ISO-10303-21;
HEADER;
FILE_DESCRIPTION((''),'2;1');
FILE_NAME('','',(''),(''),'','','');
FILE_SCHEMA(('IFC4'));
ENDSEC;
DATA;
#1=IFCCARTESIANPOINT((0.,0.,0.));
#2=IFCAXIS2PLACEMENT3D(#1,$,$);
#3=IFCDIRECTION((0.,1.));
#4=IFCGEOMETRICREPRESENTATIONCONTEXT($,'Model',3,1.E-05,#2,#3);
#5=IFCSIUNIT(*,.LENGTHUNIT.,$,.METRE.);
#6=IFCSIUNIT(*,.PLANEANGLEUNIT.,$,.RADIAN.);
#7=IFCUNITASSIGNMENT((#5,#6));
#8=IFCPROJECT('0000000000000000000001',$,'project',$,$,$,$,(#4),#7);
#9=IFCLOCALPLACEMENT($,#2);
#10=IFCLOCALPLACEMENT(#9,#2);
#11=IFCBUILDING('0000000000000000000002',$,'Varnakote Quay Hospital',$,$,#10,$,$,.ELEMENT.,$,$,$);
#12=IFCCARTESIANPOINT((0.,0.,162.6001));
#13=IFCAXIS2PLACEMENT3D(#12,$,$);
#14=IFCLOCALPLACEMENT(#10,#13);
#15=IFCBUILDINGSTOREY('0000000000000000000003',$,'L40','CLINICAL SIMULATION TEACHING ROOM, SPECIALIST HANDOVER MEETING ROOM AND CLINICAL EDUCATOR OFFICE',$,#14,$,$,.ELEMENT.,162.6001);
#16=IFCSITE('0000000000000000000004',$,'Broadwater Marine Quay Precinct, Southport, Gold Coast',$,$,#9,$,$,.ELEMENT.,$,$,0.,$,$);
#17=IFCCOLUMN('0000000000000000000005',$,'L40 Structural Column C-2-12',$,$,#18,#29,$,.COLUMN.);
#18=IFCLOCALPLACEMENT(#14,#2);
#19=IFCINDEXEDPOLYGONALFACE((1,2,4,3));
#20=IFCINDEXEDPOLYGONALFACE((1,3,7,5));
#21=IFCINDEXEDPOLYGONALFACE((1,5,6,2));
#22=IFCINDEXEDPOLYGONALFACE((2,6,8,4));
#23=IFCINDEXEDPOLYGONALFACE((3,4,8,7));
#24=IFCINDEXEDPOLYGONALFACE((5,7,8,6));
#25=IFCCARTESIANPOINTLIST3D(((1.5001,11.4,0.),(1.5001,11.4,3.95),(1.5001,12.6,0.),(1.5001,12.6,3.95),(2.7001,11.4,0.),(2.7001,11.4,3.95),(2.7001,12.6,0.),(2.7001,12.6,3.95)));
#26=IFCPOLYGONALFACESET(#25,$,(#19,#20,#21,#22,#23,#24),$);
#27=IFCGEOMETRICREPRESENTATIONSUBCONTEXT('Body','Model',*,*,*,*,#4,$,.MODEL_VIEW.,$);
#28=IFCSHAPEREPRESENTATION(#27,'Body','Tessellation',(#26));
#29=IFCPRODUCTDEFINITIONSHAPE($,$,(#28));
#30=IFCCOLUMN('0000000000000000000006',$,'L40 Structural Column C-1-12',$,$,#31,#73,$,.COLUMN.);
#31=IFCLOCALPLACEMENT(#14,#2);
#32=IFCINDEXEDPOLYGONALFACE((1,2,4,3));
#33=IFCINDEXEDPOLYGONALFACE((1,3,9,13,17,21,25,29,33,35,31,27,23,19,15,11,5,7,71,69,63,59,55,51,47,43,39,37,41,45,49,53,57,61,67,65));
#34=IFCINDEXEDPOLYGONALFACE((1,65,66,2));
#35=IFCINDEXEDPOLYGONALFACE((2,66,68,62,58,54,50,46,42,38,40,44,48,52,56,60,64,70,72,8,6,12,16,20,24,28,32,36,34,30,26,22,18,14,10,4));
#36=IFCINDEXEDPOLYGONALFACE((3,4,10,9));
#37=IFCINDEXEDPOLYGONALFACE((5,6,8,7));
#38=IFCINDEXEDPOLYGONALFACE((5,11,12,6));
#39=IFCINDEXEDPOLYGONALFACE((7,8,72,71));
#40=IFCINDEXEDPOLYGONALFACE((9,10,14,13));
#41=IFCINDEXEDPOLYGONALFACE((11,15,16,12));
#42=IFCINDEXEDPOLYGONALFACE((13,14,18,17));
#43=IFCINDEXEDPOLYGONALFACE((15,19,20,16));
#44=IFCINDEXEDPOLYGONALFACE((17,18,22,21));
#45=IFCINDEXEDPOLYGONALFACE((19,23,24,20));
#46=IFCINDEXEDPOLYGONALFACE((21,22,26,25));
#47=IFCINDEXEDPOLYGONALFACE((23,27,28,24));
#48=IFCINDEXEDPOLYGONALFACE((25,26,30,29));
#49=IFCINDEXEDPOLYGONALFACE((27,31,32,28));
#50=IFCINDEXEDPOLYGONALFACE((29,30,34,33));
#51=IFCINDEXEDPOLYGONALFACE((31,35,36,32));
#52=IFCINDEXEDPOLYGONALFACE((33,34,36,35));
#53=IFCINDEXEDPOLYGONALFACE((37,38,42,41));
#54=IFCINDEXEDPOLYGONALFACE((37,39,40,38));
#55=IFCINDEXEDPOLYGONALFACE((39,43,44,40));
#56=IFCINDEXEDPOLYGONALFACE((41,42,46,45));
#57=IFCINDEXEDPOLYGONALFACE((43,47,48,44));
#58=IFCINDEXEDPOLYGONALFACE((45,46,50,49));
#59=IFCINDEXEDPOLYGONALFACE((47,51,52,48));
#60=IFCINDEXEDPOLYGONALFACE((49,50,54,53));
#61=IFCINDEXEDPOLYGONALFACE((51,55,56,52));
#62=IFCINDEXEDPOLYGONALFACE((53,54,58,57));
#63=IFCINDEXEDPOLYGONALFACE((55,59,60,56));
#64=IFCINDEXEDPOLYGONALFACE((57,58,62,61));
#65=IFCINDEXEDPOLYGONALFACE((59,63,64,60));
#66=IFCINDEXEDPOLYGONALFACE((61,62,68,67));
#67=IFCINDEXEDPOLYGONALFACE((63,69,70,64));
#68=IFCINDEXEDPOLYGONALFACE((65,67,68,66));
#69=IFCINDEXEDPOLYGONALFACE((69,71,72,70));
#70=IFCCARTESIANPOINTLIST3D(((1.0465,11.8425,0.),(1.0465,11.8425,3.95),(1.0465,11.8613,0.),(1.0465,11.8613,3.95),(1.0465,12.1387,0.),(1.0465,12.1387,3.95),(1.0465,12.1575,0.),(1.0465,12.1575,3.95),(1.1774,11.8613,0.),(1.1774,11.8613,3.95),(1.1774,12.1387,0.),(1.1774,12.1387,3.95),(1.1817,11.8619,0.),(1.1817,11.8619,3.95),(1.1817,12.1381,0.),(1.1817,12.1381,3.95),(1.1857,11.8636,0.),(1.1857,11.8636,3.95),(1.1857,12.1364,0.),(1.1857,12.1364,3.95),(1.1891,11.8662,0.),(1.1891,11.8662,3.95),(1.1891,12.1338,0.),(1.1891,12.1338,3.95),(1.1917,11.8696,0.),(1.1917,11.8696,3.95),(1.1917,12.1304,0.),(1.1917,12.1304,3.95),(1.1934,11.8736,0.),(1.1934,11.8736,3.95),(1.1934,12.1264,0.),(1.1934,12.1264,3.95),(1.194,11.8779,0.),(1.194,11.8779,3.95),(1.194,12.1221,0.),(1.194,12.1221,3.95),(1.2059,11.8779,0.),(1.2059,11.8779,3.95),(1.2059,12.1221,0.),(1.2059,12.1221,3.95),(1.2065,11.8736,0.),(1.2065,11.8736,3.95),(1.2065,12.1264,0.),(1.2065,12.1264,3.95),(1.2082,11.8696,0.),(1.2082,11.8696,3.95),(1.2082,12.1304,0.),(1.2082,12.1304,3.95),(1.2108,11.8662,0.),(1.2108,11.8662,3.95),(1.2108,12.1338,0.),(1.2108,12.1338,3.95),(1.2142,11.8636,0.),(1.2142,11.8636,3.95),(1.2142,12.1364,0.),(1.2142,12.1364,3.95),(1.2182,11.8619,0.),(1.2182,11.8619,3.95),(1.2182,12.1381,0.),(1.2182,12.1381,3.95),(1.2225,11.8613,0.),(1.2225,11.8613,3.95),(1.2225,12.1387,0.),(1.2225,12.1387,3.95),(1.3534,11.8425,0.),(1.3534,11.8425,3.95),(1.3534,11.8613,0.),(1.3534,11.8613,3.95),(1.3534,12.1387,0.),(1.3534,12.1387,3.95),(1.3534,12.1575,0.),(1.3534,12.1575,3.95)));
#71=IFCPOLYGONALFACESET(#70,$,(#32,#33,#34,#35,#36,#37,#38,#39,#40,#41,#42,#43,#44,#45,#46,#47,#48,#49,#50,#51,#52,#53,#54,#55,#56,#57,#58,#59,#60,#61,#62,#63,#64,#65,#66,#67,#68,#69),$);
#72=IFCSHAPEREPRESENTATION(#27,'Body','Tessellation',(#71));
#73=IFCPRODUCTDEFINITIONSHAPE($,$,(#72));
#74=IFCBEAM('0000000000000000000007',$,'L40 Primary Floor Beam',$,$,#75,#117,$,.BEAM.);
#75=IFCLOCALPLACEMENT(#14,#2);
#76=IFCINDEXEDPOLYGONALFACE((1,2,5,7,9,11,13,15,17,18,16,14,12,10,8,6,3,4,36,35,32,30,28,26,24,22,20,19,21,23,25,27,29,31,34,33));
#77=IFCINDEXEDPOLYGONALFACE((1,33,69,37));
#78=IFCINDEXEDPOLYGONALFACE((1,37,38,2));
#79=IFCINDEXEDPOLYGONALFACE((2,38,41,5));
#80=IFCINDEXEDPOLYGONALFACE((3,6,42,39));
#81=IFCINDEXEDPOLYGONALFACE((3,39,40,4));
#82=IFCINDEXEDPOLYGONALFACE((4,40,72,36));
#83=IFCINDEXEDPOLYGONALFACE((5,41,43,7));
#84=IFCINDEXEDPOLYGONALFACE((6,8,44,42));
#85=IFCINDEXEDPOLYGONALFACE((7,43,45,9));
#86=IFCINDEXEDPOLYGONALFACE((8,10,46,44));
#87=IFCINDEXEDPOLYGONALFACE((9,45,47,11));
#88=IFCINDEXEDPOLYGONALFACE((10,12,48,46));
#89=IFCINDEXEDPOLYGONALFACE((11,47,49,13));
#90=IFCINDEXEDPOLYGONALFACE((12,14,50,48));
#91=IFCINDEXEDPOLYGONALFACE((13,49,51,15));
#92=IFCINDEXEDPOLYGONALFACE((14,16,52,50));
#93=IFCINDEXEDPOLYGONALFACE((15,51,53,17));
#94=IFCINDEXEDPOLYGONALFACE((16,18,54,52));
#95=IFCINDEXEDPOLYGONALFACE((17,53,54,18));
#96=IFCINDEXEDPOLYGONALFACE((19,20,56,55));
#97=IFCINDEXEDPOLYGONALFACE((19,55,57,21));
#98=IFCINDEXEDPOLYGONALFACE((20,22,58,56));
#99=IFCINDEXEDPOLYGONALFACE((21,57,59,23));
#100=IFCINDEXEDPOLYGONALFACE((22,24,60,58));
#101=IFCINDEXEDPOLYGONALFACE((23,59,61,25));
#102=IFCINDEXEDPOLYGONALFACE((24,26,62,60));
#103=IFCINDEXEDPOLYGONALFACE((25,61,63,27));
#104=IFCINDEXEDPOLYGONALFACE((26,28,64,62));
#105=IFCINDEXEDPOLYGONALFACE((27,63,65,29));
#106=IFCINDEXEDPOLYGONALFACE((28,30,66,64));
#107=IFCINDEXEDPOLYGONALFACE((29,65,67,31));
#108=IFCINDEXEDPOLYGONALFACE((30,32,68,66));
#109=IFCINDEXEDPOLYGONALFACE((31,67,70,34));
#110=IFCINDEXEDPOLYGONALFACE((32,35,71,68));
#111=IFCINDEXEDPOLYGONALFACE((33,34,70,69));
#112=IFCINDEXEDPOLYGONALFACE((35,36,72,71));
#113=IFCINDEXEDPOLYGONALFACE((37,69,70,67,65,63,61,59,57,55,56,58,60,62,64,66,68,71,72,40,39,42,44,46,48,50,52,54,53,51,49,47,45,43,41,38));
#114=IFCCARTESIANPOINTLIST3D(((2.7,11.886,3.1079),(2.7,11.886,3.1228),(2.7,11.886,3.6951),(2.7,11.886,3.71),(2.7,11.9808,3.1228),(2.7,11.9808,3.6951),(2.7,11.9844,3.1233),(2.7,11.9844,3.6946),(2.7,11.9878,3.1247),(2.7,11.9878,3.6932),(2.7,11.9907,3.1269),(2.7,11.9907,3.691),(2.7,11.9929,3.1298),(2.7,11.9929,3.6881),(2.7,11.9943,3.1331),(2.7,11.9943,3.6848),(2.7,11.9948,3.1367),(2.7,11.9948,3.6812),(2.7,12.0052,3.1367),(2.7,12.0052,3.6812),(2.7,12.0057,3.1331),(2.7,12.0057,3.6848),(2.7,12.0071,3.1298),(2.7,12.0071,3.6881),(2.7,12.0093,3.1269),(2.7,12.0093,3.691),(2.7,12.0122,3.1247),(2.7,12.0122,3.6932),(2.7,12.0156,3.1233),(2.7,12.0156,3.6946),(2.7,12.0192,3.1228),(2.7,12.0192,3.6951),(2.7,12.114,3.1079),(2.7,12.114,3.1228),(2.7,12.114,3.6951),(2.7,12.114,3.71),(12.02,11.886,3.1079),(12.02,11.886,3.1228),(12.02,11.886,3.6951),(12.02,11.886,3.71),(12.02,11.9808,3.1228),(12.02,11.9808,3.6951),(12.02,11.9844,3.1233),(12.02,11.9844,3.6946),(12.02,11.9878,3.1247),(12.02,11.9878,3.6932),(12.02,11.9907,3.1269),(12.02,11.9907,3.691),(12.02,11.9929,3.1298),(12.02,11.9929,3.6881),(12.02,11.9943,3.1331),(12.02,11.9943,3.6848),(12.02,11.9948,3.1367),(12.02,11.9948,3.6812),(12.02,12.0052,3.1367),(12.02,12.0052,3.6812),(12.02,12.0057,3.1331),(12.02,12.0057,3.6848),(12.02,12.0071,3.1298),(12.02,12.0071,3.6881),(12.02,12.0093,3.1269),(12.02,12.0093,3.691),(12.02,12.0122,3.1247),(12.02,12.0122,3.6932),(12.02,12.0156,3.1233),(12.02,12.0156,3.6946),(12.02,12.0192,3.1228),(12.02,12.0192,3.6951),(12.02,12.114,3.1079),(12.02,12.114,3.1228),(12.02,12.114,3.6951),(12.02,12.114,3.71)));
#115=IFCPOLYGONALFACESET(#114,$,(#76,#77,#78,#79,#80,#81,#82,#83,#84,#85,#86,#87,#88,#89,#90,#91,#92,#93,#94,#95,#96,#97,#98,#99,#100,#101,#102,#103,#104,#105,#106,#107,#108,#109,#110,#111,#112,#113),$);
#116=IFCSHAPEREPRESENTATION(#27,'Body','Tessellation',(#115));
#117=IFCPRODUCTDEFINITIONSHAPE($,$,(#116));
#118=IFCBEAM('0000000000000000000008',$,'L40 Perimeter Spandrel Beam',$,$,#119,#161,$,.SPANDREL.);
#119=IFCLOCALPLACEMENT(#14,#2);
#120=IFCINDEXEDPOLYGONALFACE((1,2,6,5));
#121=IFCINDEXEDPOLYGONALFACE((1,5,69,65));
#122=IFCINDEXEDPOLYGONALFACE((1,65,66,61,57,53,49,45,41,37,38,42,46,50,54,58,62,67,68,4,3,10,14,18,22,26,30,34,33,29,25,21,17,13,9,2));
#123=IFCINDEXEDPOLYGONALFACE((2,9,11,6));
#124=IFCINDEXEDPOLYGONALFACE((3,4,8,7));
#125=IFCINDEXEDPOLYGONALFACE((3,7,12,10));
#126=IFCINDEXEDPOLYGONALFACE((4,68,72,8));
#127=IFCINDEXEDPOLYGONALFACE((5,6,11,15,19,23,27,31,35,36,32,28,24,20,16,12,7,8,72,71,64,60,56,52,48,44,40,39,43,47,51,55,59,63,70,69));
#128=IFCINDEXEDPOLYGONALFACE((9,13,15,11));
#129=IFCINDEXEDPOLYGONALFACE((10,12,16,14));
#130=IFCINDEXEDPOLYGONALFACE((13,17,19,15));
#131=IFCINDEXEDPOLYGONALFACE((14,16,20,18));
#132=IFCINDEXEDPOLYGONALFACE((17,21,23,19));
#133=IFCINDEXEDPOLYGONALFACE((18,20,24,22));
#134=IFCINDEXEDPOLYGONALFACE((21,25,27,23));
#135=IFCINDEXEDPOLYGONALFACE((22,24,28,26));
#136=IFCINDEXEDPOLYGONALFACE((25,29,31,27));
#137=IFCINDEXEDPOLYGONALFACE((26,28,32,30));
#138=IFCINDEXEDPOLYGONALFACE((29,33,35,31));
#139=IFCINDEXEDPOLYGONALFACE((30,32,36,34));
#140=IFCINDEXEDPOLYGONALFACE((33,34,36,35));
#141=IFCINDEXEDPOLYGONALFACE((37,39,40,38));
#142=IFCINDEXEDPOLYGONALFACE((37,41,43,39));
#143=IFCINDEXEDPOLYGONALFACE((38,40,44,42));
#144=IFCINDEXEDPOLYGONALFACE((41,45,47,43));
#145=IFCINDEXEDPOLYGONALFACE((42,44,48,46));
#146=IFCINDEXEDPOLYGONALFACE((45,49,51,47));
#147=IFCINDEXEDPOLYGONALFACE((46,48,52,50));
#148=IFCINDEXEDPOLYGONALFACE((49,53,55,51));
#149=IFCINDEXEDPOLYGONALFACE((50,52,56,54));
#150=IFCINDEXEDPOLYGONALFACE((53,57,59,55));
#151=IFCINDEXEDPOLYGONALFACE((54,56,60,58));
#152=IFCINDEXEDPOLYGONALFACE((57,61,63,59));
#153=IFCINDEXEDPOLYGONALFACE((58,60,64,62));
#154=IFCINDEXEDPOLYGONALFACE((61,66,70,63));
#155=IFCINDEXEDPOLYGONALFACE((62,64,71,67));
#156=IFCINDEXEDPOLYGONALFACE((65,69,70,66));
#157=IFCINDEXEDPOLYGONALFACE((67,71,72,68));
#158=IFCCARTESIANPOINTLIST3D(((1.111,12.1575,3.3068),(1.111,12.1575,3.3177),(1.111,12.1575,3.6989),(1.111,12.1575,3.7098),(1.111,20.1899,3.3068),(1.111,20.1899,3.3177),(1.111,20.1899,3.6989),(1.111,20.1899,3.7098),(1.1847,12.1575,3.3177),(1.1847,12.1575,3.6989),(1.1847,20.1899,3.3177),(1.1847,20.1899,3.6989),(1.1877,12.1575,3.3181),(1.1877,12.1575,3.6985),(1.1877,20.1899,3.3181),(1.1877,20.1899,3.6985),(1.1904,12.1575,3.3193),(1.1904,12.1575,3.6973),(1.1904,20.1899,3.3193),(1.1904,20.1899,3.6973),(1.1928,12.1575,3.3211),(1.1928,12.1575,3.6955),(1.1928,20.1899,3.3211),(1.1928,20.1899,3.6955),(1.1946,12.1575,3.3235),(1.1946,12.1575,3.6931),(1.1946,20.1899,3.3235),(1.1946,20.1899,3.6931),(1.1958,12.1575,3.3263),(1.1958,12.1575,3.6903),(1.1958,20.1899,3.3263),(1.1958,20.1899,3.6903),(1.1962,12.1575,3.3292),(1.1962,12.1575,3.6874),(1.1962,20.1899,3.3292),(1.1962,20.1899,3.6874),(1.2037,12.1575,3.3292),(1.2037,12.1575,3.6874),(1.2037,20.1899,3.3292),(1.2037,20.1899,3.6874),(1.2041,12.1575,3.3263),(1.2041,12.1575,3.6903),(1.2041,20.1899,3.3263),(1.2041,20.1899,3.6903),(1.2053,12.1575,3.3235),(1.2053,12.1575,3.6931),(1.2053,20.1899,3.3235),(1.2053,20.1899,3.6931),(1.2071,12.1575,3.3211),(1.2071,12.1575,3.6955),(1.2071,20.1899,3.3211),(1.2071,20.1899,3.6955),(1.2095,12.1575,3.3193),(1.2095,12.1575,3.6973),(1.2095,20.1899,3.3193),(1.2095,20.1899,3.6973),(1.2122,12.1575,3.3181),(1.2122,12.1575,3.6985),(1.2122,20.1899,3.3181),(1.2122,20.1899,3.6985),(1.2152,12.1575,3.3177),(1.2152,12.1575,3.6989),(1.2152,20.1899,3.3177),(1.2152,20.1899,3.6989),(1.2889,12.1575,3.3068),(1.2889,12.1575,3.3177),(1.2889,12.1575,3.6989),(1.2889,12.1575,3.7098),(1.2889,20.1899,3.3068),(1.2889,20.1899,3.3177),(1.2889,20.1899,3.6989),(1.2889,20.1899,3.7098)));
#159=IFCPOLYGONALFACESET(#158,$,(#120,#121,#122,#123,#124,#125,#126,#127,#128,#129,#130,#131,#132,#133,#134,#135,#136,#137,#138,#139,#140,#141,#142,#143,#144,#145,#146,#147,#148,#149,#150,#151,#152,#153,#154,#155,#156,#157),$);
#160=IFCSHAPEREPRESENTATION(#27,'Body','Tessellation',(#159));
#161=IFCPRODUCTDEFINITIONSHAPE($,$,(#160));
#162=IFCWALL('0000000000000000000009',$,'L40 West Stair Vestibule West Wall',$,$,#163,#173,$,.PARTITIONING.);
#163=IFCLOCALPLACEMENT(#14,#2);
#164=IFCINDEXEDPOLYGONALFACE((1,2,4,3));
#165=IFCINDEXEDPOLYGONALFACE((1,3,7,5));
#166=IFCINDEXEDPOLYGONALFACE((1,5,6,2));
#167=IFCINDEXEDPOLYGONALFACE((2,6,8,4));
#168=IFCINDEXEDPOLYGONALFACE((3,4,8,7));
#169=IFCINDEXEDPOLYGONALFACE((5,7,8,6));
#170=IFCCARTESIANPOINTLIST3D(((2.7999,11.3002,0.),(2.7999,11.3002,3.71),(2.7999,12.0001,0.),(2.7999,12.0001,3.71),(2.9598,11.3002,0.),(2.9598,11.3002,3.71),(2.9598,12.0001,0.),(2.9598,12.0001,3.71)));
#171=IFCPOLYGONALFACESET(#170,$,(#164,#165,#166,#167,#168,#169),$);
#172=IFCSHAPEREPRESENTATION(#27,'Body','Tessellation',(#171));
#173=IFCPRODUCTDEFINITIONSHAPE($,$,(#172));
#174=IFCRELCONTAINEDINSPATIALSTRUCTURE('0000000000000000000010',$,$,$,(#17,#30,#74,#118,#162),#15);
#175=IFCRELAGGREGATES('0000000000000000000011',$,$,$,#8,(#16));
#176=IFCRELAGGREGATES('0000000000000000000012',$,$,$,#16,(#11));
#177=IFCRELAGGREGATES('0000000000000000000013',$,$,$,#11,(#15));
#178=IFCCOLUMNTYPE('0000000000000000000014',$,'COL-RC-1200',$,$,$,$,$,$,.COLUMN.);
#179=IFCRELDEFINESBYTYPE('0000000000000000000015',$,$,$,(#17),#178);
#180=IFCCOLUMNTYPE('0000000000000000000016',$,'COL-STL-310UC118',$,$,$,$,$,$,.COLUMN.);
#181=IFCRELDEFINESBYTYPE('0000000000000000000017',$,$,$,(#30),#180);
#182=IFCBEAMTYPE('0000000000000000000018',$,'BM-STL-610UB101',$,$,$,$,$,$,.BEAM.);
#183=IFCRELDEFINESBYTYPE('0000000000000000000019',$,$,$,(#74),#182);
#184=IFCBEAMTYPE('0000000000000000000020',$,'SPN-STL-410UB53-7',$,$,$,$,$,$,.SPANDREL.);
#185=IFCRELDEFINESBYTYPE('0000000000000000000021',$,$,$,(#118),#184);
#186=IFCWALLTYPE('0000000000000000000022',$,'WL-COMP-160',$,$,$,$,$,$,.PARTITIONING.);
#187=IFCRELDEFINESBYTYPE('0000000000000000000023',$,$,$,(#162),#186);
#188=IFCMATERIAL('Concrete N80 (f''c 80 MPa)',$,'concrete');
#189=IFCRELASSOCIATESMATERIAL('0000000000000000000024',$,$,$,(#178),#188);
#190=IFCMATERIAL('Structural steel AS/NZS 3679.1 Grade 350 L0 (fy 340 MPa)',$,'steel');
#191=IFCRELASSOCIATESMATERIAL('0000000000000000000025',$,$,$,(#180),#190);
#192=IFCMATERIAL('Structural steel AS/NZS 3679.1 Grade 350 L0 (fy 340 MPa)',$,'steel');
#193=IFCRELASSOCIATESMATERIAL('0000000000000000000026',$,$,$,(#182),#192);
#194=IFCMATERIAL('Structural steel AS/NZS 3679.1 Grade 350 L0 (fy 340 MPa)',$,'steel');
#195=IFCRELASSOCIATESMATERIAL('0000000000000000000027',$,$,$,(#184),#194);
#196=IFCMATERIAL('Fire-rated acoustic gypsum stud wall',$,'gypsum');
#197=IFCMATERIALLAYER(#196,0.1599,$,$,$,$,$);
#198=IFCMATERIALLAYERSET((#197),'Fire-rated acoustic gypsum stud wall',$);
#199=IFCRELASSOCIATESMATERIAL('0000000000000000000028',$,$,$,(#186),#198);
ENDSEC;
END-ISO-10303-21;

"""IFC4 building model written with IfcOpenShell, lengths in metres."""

from ifc_helpers import new_model, si_unit, direction, frame, frame_2d, origin, origin_2d, place, context, subcontext, project, spatial, rectangle, i_section, extrude, material, layer, layer_set, material_profile, profile_set, type_object, element, save


model = new_model("IFC4")

# Units and contexts
model_context = context("Model", 3, precision=1e-05, world=origin(), true_north=direction((0.0, 1.0)))
body_context = subcontext(model_context, "Body", "Model", "MODEL_VIEW")
ifc_project = project(units=[si_unit("LENGTHUNIT", "METRE"), si_unit("PLANEANGLEUNIT", "RADIAN")], contexts=[model_context])

# Site, building, storey
site_placement = place(None, origin())
site = spatial("IfcSite", under=ifc_project, at=site_placement, Name="Broadwater Marine Quay Precinct, Southport, Gold Coast", CompositionType="ELEMENT", RefElevation=0.0)
building_placement = place(site_placement, origin())
building = spatial("IfcBuilding", under=site, at=building_placement, Name="Varnakote Quay Hospital", CompositionType="ELEMENT")
storey_placement = place(building_placement, frame((0.0, 0.0, 162.6001)))
storey = spatial("IfcBuildingStorey", under=building, at=storey_placement, Name="L40", Description="CLINICAL SIMULATION TEACHING ROOM, SPECIALIST HANDOVER MEETING ROOM AND CLINICAL EDUCATOR OFFICE", CompositionType="ELEMENT", Elevation=162.6001)

# Columns
ifc_material_1 = material(Name="Concrete N80 (f'c 80 MPa)", Category="concrete")
ifc_material_profile_1 = material_profile(ifc_material_1, rectangle(XDim=1.2, YDim=1.2, at=origin_2d()), Name="RC-COL-1200x1200")
ifc_profile_set_1 = profile_set([ifc_material_profile_1], Name="Concrete N80 (f'c 80 MPa)")
column_type_1 = type_object("IfcColumnType", Name="COL-RC-1200", PredefinedType="COLUMN", material=ifc_profile_set_1)
column_1_placement = place(storey_placement, frame((2.1001, 12.0, 0.0), z_axis=(0.0, 0.0, 1.0), x_axis=(1.0, 0.0, 0.0)))
element("IfcColumn", 1, at=column_1_placement, inside=storey, type_object=column_type_1, Name="L40 Structural Column C-2-12", PredefinedType="COLUMN", context=body_context, shape_type="SweptSolid", body=[
    extrude(rectangle(XDim=1.2, YDim=1.2, at=origin_2d()), origin(), (0.0, 0.0, 1.0), 3.95),
])
ifc_material_2 = material(Name="Structural steel AS/NZS 3679.1 Grade 350 L0 (fy 340 MPa)", Category="steel")
ifc_material_profile_2 = material_profile(ifc_material_2, i_section(OverallWidth=0.3069, OverallDepth=0.3149, WebThickness=0.012, FlangeThickness=0.0188, FilletRadius=0.0166, at=origin_2d()), Name="310UC118")
ifc_profile_set_2 = profile_set([ifc_material_profile_2], Name="Structural steel AS/NZS 3679.1 Grade 350 L0 (fy 340 MPa)")
column_type_2 = type_object("IfcColumnType", Name="COL-STL-310UC118", PredefinedType="COLUMN", material=ifc_profile_set_2)
column_2_placement = place(storey_placement, frame((1.2, 12.0, 0.0), z_axis=(0.0, 0.0, 1.0), x_axis=(1.0, 0.0, 0.0)))
element("IfcColumn", 2, at=column_2_placement, inside=storey, type_object=column_type_2, Name="L40 Structural Column C-1-12", PredefinedType="COLUMN", context=body_context, shape_type="SweptSolid", body=[
    extrude(i_section(OverallWidth=0.3069, OverallDepth=0.3149, WebThickness=0.012, FlangeThickness=0.0188, FilletRadius=0.0166, at=origin_2d()), origin(), (0.0, 0.0, 1.0), 3.95),
])

# Beams
ifc_material_3 = material(Name="Structural steel AS/NZS 3679.1 Grade 350 L0 (fy 340 MPa)", Category="steel")
ifc_material_profile_3 = material_profile(ifc_material_3, i_section(OverallWidth=0.228, OverallDepth=0.6021, WebThickness=0.0105, FlangeThickness=0.0149, FilletRadius=0.0139, at=origin_2d()), Name="610UB101")
ifc_profile_set_3 = profile_set([ifc_material_profile_3], Name="Structural steel AS/NZS 3679.1 Grade 350 L0 (fy 340 MPa)")
beam_type_1 = type_object("IfcBeamType", Name="BM-STL-610UB101", PredefinedType="BEAM", material=ifc_profile_set_3)
beam_1_placement = place(storey_placement, frame((2.7, 12.0, 3.4089), z_axis=(1.0, 0.0, 0.0), x_axis=(0.0, 1.0, 0.0)))
element("IfcBeam", 3, at=beam_1_placement, inside=storey, type_object=beam_type_1, Name="L40 Primary Floor Beam", PredefinedType="BEAM", context=body_context, shape_type="SweptSolid", body=[
    extrude(i_section(OverallWidth=0.228, OverallDepth=0.6021, WebThickness=0.0105, FlangeThickness=0.0149, FilletRadius=0.0139, at=origin_2d()), origin(), (0.0, 0.0, 1.0), 9.3201),
])
ifc_material_4 = material(Name="Structural steel AS/NZS 3679.1 Grade 350 L0 (fy 340 MPa)", Category="steel")
ifc_material_profile_4 = material_profile(ifc_material_4, i_section(OverallWidth=0.178, OverallDepth=0.4031, WebThickness=0.0076, FlangeThickness=0.011, FilletRadius=0.0115, at=origin_2d()), Name="410UB53.7")
ifc_profile_set_4 = profile_set([ifc_material_profile_4], Name="Structural steel AS/NZS 3679.1 Grade 350 L0 (fy 340 MPa)")
beam_type_2 = type_object("IfcBeamType", Name="SPN-STL-410UB53-7", PredefinedType="SPANDREL", material=ifc_profile_set_4)
beam_2_placement = place(storey_placement, frame((1.2, 12.1575, 3.5083), z_axis=(0.0, 1.0, 0.0), x_axis=(-1.0, 0.0, 0.0)))
element("IfcBeam", 4, at=beam_2_placement, inside=storey, type_object=beam_type_2, Name="L40 Perimeter Spandrel Beam", PredefinedType="SPANDREL", context=body_context, shape_type="SweptSolid", body=[
    extrude(i_section(OverallWidth=0.178, OverallDepth=0.4031, WebThickness=0.0076, FlangeThickness=0.011, FilletRadius=0.0115, at=origin_2d()), origin(), (0.0, 0.0, 1.0), 8.0325),
])

# Wall
ifc_material_5 = material(Name="Fire-rated acoustic gypsum stud wall", Category="gypsum")
ifc_layer_1 = layer(ifc_material_5, 0.1599)
ifc_layer_set_1 = layer_set([ifc_layer_1], Name="Fire-rated acoustic gypsum stud wall")
wall_type_1 = type_object("IfcWallType", Name="WL-COMP-160", PredefinedType="PARTITIONING", material=ifc_layer_set_1)
wall_1_placement = place(storey_placement, frame((2.8799, 11.3, 0.0), z_axis=(0.0, 0.0, 1.0), x_axis=(0.0, 1.0, 0.0)))
element("IfcWall", 5, at=wall_1_placement, inside=storey, type_object=wall_type_1, Name="L40 West Stair Vestibule West Wall", PredefinedType="PARTITIONING", context=body_context, shape_type="SweptSolid", body=[
    extrude(rectangle(XDim=0.7, YDim=0.1599, at=frame_2d((0.3501, 0.0))), origin(), (0.0, 0.0, 1.0), 3.71),
])

save(model, "model.ifc")
